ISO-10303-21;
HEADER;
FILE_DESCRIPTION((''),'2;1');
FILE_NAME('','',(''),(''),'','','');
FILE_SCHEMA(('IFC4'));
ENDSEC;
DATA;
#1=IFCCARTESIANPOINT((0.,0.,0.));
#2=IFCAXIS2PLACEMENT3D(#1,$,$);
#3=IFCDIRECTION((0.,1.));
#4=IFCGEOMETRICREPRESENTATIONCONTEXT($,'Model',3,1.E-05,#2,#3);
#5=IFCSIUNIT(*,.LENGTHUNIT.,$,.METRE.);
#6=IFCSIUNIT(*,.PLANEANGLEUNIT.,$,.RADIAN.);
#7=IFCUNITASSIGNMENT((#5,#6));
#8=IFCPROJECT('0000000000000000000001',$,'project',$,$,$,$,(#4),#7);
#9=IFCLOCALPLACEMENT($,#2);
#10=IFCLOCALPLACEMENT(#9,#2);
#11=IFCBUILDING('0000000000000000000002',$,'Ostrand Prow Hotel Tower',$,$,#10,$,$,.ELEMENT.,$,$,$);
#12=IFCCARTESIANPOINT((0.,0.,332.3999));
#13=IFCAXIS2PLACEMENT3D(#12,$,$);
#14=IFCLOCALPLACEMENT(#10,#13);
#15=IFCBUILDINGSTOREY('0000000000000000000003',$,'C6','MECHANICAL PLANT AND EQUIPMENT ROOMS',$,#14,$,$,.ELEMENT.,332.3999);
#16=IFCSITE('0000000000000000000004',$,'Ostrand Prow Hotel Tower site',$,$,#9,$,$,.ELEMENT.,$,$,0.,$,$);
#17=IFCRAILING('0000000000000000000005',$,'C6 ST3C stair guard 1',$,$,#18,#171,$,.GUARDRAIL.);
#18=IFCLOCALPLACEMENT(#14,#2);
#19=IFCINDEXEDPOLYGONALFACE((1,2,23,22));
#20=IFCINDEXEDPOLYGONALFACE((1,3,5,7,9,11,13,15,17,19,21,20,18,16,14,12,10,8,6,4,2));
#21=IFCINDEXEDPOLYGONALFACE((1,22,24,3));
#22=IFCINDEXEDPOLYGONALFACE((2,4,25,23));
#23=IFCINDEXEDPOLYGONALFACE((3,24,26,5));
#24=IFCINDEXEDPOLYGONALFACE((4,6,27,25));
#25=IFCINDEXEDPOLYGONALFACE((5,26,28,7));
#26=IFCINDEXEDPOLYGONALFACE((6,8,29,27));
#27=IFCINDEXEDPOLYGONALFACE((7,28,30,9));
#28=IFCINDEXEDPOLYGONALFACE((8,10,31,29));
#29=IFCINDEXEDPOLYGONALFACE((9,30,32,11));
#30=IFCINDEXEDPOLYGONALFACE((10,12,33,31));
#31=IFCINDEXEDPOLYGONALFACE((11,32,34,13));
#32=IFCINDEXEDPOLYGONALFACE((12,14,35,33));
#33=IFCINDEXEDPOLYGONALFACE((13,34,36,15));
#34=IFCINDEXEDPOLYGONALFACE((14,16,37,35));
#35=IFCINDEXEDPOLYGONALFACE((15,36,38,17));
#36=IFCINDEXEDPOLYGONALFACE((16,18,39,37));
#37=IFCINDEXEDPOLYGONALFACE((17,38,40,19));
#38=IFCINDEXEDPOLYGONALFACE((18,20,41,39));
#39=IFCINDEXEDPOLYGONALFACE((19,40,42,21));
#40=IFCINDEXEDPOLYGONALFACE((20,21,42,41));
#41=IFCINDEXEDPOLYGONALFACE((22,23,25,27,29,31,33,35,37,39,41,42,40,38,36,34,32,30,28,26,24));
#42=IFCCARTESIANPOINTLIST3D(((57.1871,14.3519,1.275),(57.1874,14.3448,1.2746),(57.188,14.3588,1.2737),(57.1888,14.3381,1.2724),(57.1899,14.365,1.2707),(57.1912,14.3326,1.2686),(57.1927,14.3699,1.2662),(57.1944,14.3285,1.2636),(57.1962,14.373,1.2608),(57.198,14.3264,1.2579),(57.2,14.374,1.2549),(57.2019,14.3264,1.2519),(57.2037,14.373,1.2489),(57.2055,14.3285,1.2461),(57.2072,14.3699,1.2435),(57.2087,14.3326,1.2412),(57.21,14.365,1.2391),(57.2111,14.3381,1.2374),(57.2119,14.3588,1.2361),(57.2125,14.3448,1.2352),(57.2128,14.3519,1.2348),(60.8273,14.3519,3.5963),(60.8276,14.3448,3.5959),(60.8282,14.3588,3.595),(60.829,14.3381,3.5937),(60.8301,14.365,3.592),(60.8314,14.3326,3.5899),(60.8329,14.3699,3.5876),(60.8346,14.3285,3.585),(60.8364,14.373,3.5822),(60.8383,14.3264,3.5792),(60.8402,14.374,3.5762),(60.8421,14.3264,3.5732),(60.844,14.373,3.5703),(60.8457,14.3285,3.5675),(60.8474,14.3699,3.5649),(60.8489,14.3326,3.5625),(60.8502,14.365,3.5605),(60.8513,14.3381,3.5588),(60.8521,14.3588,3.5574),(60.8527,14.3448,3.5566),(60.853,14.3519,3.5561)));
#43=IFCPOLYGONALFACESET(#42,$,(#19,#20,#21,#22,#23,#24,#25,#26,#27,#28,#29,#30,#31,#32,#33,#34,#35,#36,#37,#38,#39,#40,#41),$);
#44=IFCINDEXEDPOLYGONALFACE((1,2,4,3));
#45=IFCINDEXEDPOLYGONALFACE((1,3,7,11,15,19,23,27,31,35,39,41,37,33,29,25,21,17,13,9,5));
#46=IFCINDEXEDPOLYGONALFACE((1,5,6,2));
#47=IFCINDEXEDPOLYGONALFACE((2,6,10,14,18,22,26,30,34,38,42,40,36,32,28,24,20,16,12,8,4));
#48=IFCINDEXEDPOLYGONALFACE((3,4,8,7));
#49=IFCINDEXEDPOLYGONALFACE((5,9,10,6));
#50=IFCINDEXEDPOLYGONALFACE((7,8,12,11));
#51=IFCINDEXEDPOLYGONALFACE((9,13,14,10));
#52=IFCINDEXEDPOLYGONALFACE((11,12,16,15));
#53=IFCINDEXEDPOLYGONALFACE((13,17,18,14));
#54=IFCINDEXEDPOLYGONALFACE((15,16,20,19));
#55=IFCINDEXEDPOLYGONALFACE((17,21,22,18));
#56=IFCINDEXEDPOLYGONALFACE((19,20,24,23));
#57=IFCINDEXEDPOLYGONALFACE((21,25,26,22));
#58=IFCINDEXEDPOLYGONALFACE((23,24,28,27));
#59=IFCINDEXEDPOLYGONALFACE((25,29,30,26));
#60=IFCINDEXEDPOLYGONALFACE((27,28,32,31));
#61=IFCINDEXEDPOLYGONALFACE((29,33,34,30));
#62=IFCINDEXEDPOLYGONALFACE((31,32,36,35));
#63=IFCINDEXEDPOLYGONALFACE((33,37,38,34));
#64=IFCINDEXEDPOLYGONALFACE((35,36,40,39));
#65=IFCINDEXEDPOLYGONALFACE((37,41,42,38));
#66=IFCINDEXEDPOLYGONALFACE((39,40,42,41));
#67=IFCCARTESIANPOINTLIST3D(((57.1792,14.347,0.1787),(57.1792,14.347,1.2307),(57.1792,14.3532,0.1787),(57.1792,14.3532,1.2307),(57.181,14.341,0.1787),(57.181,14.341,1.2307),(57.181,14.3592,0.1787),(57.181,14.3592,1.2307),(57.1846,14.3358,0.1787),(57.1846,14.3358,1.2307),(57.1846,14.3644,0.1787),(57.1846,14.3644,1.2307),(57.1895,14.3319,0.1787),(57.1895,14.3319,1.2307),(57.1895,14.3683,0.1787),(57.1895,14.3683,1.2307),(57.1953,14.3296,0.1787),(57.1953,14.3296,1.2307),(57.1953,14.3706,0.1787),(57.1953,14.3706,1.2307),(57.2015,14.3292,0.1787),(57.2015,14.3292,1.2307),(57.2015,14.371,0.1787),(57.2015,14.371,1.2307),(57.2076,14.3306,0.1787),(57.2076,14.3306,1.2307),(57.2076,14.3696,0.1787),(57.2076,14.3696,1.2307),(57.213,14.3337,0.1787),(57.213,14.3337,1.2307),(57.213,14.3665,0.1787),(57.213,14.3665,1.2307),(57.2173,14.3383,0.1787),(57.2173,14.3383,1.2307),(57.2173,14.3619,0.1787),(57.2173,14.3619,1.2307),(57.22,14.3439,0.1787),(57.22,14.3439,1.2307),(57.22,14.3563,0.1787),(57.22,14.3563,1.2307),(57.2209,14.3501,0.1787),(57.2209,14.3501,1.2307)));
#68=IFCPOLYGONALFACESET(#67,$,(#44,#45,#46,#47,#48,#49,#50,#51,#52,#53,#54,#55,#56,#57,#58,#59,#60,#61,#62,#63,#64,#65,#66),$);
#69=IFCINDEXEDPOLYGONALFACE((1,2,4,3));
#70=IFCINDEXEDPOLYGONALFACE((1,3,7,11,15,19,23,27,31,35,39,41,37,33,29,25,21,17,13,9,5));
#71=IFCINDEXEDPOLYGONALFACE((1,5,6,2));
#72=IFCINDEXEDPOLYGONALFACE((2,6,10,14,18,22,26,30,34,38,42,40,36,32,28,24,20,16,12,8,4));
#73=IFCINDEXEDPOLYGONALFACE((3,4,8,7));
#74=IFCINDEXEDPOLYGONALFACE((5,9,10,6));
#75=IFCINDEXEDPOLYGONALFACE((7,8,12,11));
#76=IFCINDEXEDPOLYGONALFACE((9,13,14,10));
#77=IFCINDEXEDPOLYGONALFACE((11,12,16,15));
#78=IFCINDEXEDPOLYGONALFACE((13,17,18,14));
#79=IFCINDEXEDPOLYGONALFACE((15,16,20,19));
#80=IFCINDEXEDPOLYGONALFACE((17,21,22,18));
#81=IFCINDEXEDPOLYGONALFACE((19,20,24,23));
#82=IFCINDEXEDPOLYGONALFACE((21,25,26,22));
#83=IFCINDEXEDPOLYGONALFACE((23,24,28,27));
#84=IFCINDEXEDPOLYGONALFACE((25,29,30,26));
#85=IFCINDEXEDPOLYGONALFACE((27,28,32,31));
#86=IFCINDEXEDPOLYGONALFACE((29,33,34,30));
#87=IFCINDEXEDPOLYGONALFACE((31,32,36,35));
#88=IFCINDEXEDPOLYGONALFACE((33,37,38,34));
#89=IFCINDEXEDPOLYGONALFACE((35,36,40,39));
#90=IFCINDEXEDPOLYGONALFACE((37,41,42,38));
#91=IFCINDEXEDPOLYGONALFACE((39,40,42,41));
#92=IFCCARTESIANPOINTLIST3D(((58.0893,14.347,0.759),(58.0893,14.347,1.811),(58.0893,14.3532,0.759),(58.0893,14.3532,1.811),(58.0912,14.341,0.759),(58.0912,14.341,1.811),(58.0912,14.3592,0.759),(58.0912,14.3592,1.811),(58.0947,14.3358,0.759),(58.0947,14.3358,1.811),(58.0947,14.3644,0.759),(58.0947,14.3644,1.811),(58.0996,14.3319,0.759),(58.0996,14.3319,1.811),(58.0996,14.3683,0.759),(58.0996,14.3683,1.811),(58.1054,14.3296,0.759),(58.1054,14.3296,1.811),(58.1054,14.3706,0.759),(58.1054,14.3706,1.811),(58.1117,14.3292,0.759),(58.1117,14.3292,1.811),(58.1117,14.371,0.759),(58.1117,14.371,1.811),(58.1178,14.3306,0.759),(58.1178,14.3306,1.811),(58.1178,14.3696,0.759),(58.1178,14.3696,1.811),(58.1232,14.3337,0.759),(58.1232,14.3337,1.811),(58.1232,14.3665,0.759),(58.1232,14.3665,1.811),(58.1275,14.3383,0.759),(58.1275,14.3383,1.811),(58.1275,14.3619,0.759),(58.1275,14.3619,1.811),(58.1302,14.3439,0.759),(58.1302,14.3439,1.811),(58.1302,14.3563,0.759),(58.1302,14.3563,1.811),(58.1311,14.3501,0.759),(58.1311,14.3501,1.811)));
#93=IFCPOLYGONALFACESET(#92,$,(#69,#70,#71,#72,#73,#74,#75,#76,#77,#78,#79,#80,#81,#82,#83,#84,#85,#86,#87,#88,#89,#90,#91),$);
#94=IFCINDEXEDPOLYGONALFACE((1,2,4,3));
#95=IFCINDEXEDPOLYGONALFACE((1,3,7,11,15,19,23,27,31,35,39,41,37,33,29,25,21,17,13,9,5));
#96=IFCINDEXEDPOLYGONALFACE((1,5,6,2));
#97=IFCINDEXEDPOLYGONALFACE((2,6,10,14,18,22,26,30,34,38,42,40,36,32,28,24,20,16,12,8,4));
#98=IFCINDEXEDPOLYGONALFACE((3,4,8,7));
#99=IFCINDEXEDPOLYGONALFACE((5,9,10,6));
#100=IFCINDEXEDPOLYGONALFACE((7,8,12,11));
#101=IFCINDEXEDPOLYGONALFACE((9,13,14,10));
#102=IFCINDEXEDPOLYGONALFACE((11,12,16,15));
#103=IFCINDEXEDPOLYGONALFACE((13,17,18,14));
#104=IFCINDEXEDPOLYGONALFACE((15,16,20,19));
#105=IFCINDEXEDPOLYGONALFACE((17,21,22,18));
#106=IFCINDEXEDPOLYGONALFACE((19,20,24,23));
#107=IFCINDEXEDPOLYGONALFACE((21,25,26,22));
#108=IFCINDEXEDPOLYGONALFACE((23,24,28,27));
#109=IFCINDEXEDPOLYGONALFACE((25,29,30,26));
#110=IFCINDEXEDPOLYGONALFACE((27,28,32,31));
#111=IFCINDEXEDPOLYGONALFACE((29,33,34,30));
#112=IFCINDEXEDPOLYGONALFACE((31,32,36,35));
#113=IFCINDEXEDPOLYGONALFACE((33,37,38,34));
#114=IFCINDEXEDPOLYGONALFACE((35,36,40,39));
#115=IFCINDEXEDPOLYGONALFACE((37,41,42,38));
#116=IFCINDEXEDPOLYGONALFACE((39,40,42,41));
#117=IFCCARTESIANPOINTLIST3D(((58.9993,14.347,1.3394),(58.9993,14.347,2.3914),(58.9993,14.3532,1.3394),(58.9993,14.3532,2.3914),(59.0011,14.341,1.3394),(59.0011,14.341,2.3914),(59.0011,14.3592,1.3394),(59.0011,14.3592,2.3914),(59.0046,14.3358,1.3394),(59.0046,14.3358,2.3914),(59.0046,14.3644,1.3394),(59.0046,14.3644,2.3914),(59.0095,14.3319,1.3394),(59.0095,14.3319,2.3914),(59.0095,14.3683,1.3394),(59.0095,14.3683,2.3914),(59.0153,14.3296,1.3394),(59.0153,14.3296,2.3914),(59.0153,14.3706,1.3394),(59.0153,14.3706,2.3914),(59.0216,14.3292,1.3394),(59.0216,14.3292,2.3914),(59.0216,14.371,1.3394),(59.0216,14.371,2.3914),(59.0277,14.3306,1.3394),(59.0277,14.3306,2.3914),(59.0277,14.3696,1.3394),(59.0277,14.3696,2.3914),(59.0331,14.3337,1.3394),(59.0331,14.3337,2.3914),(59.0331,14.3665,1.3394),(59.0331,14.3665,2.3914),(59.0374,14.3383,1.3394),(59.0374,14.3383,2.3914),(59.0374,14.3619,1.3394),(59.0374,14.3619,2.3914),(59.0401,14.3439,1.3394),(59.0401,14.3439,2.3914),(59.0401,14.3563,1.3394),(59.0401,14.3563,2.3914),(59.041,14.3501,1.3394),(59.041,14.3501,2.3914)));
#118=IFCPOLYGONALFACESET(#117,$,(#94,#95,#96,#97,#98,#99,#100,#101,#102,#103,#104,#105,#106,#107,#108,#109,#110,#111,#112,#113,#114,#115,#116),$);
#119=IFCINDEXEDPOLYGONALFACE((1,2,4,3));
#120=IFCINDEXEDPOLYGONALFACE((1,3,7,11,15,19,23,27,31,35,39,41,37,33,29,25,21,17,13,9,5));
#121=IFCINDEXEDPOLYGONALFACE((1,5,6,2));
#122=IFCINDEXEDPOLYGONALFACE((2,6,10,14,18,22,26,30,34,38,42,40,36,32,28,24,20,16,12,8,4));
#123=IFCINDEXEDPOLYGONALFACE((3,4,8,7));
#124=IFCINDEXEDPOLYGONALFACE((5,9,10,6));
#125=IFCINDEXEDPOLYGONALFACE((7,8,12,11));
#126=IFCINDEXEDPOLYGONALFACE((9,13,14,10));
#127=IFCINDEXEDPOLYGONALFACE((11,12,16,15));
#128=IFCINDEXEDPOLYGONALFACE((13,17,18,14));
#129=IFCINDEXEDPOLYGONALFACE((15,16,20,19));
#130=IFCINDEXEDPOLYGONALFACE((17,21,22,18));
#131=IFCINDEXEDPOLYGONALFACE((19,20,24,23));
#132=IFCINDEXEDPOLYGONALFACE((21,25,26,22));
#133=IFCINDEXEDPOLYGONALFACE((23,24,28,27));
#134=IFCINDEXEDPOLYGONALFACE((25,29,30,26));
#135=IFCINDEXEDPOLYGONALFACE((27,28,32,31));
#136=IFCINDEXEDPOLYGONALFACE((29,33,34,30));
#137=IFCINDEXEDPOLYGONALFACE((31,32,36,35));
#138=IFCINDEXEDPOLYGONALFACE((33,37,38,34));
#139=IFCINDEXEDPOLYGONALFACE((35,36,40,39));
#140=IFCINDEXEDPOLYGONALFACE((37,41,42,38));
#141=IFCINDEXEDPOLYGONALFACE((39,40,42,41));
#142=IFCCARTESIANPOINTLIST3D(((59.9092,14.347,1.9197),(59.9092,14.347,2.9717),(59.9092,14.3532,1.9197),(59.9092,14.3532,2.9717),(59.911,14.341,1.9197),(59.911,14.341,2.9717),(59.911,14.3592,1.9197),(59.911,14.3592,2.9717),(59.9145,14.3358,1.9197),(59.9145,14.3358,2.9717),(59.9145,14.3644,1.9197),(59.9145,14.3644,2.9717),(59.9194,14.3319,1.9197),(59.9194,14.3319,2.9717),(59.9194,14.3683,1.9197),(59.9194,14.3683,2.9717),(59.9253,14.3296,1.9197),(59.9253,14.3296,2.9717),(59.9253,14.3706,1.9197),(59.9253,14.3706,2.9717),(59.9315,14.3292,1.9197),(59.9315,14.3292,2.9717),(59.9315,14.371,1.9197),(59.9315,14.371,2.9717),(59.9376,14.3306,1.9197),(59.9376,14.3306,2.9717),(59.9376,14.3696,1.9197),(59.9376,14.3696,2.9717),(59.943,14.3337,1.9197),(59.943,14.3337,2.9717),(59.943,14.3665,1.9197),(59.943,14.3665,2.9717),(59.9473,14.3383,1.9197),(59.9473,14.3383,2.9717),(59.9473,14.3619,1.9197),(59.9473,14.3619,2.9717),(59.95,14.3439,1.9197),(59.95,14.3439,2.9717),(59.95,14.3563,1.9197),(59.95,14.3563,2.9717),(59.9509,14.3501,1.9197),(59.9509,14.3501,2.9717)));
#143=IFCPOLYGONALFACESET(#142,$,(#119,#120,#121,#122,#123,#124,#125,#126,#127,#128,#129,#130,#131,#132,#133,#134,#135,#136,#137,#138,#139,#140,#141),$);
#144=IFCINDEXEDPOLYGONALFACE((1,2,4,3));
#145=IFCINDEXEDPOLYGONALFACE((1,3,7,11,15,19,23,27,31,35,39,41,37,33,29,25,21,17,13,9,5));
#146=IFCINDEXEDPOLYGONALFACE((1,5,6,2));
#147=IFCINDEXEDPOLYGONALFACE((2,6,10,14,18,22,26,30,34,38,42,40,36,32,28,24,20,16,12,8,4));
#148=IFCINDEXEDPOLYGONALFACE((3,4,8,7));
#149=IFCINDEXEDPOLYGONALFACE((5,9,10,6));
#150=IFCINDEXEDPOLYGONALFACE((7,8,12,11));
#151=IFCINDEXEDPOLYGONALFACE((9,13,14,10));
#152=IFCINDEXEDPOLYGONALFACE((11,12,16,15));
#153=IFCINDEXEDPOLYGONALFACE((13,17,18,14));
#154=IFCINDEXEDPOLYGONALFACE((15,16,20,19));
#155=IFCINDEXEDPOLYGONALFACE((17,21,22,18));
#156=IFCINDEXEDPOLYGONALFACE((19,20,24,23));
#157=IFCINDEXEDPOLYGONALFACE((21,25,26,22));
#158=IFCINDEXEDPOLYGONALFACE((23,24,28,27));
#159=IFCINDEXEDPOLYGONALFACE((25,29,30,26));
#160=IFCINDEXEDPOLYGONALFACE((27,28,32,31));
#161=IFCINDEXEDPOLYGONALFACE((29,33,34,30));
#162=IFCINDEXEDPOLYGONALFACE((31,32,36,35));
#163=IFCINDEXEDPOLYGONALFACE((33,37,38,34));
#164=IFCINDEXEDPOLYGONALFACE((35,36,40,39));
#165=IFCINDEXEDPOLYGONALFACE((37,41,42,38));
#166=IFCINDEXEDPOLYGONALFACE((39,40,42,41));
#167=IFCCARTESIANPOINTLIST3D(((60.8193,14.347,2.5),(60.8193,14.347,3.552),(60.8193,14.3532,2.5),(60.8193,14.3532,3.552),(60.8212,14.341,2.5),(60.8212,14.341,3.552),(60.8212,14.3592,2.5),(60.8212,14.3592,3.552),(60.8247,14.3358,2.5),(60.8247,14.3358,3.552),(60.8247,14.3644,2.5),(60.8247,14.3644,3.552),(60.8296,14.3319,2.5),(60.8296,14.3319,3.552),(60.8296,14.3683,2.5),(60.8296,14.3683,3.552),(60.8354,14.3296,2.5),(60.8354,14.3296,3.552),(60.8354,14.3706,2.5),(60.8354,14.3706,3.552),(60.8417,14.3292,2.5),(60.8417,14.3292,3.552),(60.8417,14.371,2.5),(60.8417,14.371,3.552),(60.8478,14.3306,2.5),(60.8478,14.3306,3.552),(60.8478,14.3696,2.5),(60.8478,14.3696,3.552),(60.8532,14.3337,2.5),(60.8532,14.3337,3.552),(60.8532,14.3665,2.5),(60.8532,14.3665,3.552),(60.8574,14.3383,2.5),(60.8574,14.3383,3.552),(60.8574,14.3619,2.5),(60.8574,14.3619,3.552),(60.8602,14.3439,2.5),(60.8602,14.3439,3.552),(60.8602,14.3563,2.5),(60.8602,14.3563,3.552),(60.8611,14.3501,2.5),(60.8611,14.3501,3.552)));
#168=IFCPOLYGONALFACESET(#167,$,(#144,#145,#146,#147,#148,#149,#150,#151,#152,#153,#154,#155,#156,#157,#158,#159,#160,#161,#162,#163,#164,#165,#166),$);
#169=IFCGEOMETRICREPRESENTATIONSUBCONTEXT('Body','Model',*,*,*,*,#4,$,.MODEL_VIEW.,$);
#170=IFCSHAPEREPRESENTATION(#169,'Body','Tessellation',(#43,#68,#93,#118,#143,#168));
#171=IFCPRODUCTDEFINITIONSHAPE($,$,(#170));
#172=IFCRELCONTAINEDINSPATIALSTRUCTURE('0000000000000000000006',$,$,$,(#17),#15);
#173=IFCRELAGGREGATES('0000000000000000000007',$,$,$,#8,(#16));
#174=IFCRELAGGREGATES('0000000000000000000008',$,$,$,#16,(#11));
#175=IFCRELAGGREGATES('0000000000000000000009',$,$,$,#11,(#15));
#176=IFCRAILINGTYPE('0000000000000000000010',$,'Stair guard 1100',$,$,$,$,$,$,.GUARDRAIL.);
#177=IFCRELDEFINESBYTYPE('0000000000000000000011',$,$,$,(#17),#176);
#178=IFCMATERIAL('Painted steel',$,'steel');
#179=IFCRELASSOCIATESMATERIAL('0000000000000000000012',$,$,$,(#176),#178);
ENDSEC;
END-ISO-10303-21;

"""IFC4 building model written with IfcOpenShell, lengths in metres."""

from ifc_helpers import new_model, si_unit, direction, frame, origin, origin_2d, place, context, subcontext, project, spatial, circle, extrude, material, type_object, element, save


model = new_model("IFC4")

# Units and contexts
model_context = context("Model", 3, precision=1e-05, world=origin(), true_north=direction((0.0, 1.0)))
body_context = subcontext(model_context, "Body", "Model", "MODEL_VIEW")
ifc_project = project(units=[si_unit("LENGTHUNIT", "METRE"), si_unit("PLANEANGLEUNIT", "RADIAN")], contexts=[model_context])

# Site, building, storey
site_placement = place(None, origin())
site = spatial("IfcSite", under=ifc_project, at=site_placement, Name="Ostrand Prow Hotel Tower site", CompositionType="ELEMENT", RefElevation=0.0)
building_placement = place(site_placement, origin())
building = spatial("IfcBuilding", under=site, at=building_placement, Name="Ostrand Prow Hotel Tower", CompositionType="ELEMENT")
storey_placement = place(building_placement, frame((0.0, 0.0, 332.3999)))
storey = spatial("IfcBuildingStorey", under=building, at=storey_placement, Name="C6", Description="MECHANICAL PLANT AND EQUIPMENT ROOMS", CompositionType="ELEMENT", Elevation=332.3999)

# Railing
ifc_material_1 = material(Name="Painted steel", Category="steel")
railing_type_1 = type_object("IfcRailingType", Name="Stair guard 1100", PredefinedType="GUARDRAIL", material=ifc_material_1)
railing_1_placement = place(storey_placement, frame((57.2, 14.3501, 0.1787)))
element("IfcRailing", 1, at=railing_1_placement, inside=storey, type_object=railing_type_1, Name="C6 ST3C stair guard 1", PredefinedType="GUARDRAIL", context=body_context, shape_type="SweptSolid", body=[
    extrude(circle(Radius=0.0239, at=origin_2d()), frame((0.0, 0.0, 1.0762), z_axis=(0.843153, 0.0, 0.537673), x_axis=(0.0, 1.0, 0.0)), (0.0, 0.0, 1.0), 4.3174),
    extrude(circle(Radius=0.021, at=origin_2d()), origin(), (0.0, 0.0, 1.0), 1.052),
    extrude(circle(Radius=0.021, at=origin_2d()), frame((0.9102, 0.0, 0.5803)), (0.0, 0.0, 1.0), 1.052),
    extrude(circle(Radius=0.021, at=origin_2d()), frame((1.8201, 0.0, 1.1606)), (0.0, 0.0, 1.0), 1.052),
    extrude(circle(Radius=0.021, at=origin_2d()), frame((2.73, 0.0, 1.741)), (0.0, 0.0, 1.0), 1.052),
    extrude(circle(Radius=0.021, at=origin_2d()), frame((3.6401, 0.0, 2.3213)), (0.0, 0.0, 1.0), 1.052),
])

save(model, "model.ifc")
